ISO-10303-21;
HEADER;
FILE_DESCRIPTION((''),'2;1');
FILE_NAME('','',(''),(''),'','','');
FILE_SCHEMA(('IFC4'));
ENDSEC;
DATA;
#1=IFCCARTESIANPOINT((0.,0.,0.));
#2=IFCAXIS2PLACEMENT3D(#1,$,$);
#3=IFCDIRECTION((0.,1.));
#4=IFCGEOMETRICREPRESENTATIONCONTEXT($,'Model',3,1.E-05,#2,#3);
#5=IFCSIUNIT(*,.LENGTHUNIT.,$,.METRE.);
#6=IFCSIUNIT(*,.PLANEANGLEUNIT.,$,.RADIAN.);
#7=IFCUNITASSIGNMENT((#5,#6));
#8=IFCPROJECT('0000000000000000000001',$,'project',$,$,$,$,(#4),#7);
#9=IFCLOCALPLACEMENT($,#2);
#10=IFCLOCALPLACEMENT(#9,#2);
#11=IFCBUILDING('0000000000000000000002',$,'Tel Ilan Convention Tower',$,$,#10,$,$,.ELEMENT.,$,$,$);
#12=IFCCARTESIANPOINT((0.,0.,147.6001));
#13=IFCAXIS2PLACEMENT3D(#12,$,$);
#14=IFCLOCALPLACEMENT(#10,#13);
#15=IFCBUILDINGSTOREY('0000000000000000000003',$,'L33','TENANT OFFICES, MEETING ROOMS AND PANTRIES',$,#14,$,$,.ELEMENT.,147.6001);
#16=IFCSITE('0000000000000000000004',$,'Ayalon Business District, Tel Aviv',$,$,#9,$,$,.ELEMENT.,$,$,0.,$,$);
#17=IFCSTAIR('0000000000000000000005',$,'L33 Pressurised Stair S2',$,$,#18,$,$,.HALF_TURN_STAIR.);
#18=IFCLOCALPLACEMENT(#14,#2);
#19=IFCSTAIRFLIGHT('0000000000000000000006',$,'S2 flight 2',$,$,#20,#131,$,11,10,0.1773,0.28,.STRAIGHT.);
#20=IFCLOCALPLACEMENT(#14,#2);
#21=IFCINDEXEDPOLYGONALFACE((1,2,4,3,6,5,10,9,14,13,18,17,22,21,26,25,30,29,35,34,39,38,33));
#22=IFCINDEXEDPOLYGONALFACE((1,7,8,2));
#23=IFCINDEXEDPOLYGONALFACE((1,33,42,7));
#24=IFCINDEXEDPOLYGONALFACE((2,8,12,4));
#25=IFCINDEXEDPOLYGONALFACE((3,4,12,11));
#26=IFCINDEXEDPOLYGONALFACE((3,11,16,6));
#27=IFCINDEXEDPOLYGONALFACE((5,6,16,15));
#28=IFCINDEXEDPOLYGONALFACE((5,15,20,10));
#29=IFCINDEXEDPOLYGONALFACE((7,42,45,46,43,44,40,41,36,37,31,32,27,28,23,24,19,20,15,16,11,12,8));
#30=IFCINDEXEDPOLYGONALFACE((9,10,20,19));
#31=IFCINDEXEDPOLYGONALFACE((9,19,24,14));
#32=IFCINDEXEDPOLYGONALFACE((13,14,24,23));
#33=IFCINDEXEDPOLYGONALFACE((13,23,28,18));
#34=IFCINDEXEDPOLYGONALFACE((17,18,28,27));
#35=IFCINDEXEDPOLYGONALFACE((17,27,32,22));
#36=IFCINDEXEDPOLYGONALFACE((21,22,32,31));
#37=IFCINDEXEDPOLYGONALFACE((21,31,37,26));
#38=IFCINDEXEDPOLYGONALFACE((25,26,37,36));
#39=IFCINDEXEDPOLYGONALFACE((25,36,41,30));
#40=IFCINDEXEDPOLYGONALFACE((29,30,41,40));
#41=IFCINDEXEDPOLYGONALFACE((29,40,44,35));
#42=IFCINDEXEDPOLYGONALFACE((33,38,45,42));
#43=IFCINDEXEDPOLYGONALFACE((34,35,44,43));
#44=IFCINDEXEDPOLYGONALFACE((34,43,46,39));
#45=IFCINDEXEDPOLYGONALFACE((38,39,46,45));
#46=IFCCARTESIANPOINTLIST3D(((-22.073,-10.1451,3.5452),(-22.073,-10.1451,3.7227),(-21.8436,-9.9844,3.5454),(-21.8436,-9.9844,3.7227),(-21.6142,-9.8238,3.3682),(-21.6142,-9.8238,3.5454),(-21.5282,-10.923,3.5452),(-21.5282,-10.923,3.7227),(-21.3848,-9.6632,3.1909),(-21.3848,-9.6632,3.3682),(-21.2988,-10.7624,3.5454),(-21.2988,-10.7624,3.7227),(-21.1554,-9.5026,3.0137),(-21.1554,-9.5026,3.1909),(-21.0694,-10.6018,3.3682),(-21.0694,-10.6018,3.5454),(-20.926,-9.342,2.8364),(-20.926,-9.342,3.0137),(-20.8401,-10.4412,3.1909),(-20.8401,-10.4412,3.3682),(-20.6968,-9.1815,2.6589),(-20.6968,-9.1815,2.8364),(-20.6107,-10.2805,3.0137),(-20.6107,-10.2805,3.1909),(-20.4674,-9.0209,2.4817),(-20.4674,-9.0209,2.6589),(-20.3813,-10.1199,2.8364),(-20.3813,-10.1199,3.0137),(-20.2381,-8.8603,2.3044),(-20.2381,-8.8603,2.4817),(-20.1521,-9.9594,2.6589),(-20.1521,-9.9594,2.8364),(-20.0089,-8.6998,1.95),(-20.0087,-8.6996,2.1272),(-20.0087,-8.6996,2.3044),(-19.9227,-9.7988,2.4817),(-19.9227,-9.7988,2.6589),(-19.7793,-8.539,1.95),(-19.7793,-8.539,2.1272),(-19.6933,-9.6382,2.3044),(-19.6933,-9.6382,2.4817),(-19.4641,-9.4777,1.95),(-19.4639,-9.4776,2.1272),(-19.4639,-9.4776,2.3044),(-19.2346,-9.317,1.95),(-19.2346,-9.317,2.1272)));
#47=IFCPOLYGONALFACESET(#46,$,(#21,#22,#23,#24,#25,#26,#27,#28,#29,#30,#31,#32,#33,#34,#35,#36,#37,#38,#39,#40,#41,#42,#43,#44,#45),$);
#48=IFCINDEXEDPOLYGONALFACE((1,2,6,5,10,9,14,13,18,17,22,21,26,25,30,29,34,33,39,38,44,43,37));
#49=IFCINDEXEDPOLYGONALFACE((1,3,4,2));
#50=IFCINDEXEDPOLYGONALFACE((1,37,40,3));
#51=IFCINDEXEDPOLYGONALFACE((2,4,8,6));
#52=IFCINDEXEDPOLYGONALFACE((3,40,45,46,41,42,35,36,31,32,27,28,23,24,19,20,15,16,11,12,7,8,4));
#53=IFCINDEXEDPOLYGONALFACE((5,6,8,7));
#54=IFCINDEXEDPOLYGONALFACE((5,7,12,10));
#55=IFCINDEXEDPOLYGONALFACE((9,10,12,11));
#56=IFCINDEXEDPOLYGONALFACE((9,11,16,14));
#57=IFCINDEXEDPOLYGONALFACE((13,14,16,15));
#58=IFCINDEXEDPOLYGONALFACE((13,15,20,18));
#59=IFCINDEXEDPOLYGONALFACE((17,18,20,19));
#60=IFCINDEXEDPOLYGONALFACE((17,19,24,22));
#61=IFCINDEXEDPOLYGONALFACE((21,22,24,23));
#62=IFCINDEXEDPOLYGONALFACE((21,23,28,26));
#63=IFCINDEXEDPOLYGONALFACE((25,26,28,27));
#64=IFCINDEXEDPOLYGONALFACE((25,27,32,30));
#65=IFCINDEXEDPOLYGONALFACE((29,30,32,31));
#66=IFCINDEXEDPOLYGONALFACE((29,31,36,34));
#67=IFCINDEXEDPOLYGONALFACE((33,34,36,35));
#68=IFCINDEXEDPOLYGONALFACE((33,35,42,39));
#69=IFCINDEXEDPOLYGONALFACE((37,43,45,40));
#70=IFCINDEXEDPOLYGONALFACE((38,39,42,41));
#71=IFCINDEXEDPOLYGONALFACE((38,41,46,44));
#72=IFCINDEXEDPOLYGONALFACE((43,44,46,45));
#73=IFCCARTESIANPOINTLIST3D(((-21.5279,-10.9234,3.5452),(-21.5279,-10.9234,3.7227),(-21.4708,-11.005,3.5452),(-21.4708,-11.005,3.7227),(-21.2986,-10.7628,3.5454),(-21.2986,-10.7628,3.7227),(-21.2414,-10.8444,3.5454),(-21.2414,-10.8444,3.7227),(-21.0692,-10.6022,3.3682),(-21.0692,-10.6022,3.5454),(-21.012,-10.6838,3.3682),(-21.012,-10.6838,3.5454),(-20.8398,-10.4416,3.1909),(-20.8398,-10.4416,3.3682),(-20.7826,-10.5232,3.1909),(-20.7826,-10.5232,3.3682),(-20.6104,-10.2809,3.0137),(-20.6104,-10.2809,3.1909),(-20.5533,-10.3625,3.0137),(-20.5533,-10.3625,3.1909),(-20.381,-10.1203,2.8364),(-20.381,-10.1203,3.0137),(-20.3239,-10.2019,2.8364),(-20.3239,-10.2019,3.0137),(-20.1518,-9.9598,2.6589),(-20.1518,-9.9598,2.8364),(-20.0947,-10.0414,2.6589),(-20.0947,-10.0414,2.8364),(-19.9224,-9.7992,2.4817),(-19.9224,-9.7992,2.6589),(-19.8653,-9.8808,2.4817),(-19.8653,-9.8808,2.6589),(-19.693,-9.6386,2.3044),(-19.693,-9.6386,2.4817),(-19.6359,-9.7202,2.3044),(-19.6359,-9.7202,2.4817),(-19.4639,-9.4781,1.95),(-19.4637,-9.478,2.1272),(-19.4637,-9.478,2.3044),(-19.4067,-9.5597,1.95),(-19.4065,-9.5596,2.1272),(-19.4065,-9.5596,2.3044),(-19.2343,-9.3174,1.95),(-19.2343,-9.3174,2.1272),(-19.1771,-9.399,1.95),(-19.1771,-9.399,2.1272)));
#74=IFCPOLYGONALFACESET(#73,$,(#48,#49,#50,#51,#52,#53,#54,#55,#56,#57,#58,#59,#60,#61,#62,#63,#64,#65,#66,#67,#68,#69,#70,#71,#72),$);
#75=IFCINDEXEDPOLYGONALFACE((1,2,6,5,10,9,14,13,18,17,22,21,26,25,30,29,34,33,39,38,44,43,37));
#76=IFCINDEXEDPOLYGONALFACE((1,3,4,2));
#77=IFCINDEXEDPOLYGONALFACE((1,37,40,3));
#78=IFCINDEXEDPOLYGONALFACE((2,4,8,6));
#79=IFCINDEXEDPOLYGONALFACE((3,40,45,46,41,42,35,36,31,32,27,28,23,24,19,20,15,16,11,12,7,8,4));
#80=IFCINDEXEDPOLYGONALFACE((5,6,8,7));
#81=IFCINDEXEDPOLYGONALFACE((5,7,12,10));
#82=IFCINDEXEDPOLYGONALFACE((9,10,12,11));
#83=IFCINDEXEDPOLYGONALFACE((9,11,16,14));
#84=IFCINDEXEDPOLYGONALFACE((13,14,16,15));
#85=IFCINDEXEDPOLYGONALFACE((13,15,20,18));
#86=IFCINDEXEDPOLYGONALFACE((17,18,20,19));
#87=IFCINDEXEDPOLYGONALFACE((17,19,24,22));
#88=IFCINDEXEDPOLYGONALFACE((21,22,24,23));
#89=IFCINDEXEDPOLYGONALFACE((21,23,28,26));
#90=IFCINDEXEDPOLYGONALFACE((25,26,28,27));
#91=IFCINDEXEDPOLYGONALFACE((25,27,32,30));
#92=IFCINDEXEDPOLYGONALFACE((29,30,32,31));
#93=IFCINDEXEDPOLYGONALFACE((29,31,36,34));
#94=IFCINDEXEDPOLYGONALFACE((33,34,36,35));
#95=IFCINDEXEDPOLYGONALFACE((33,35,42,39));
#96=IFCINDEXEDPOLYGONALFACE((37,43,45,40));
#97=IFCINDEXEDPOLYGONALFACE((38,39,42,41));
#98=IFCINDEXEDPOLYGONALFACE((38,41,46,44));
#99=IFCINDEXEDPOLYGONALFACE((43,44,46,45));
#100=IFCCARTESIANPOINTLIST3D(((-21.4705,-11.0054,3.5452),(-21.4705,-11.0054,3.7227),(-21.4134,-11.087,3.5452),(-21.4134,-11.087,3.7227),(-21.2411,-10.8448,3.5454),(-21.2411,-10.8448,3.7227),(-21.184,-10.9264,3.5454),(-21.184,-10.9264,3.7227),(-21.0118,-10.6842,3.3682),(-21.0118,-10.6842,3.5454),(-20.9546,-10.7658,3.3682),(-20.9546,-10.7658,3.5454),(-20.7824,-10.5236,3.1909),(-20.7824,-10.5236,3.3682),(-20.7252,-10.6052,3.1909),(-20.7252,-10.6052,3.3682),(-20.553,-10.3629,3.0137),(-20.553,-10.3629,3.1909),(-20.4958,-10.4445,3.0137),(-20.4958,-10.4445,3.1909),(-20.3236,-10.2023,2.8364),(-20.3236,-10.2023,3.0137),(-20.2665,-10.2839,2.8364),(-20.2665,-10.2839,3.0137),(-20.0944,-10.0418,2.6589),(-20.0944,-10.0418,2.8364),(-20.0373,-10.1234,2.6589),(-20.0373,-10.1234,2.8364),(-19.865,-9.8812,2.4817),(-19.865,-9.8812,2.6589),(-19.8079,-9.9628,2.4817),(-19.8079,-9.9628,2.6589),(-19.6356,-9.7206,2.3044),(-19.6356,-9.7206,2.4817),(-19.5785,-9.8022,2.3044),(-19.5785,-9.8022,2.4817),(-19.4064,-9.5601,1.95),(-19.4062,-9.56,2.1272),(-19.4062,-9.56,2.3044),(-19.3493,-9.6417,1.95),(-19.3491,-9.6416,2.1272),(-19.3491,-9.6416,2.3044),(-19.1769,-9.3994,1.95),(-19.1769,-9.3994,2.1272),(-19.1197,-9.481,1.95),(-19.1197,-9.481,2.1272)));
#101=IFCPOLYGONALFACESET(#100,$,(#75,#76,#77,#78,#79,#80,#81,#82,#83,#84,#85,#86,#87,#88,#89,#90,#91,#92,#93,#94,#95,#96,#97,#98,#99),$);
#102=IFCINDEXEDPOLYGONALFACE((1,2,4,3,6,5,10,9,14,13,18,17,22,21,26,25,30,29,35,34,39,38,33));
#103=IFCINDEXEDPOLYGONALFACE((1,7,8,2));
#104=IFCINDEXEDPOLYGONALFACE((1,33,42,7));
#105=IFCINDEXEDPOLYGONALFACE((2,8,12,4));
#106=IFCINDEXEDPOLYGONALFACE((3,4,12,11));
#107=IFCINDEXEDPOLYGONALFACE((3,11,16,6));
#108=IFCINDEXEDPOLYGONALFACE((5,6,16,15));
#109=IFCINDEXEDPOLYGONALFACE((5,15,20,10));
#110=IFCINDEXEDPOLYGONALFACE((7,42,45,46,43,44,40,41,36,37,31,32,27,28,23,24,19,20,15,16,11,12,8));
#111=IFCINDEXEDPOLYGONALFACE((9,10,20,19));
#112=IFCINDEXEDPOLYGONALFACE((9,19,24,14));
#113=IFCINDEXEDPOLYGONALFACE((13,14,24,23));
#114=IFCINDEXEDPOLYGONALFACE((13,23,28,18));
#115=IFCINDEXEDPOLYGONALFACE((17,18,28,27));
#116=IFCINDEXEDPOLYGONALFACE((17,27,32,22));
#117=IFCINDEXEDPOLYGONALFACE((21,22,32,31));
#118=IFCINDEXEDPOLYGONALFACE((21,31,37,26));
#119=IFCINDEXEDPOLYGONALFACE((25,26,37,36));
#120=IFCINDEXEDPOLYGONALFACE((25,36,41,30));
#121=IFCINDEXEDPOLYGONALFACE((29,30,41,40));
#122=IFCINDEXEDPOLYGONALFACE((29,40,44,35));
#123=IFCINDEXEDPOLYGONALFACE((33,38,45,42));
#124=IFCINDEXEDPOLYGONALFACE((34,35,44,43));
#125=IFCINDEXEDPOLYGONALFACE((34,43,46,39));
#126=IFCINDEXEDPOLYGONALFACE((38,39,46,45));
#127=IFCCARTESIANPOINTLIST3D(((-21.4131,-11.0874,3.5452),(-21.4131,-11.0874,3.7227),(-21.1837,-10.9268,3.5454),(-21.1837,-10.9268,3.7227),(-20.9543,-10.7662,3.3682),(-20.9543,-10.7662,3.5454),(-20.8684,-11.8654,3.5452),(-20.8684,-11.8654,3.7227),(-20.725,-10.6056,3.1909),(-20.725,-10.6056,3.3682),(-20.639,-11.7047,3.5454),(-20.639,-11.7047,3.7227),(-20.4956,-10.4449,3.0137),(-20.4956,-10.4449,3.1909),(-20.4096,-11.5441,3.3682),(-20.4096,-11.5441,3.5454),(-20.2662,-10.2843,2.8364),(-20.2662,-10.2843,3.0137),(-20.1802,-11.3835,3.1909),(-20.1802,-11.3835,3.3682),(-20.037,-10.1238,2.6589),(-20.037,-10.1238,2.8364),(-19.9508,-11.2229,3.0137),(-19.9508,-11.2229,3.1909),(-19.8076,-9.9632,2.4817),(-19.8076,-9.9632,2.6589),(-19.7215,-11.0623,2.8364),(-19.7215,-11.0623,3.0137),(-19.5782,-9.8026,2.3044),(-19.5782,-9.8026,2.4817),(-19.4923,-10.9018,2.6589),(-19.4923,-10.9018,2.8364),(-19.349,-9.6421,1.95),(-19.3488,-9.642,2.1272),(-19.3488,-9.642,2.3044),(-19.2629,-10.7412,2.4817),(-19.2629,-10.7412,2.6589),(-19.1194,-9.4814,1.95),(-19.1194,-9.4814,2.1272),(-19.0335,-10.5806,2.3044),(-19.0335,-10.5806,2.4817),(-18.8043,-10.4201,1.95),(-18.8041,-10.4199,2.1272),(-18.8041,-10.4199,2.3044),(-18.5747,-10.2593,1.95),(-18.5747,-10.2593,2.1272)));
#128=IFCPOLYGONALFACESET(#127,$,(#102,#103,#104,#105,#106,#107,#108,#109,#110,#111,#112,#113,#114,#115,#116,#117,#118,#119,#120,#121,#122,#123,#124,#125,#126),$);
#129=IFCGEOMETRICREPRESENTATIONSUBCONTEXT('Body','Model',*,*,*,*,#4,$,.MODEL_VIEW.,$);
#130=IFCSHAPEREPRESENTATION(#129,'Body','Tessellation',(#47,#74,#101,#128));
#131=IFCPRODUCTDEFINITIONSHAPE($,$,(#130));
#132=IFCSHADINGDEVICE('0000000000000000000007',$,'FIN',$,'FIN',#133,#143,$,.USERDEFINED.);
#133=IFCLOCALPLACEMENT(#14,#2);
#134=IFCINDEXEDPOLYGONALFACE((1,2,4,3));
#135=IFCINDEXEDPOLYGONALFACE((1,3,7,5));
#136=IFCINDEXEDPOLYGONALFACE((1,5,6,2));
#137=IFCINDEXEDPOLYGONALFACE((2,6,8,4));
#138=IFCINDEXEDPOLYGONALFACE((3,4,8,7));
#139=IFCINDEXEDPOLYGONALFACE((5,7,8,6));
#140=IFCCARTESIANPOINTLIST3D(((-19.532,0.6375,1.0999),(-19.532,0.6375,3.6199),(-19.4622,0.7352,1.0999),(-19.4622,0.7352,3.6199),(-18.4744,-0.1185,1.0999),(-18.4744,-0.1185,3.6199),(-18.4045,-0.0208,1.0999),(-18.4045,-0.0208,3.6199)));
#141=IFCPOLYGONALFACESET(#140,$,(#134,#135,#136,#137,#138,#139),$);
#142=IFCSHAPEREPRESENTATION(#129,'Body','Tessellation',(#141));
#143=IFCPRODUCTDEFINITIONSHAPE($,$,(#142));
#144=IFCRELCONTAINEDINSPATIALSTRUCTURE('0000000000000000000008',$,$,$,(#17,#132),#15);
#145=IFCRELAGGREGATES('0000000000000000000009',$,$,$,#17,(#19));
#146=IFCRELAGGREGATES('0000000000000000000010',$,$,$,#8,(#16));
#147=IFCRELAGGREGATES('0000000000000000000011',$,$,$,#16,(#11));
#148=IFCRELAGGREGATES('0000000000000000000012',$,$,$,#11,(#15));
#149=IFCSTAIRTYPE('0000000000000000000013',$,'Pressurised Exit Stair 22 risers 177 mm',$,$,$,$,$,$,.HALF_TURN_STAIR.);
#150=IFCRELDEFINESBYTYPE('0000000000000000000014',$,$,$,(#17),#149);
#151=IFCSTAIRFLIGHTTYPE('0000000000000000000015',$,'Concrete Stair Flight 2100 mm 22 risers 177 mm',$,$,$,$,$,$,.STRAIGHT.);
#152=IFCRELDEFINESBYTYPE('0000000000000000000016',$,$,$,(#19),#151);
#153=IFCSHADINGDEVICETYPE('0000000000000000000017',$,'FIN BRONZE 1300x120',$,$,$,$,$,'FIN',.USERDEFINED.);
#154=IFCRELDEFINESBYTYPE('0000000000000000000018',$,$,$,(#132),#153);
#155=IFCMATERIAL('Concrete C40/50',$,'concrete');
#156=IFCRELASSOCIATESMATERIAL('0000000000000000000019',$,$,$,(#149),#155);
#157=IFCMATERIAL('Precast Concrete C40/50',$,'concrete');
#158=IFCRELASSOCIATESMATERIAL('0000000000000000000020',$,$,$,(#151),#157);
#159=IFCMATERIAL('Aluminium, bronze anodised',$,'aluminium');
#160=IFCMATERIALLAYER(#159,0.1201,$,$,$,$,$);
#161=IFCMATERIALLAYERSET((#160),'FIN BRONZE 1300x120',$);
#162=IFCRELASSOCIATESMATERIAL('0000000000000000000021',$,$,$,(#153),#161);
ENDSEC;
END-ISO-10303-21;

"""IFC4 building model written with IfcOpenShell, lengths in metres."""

from ifc_helpers import new_model, si_unit, direction, frame, origin, origin_2d, place, context, subcontext, project, spatial, polyline, rectangle, outline, extrude, material, layer, layer_set, type_object, element, aggregate, save


model = new_model("IFC4")

# Units and contexts
model_context = context("Model", 3, precision=1e-05, world=origin(), true_north=direction((0.0, 1.0)))
body_context = subcontext(model_context, "Body", "Model", "MODEL_VIEW")
ifc_project = project(units=[si_unit("LENGTHUNIT", "METRE"), si_unit("PLANEANGLEUNIT", "RADIAN")], contexts=[model_context])

# Site, building, storey
site_placement = place(None, origin())
site = spatial("IfcSite", under=ifc_project, at=site_placement, Name="Ayalon Business District, Tel Aviv", CompositionType="ELEMENT", RefElevation=0.0)
building_placement = place(site_placement, origin())
building = spatial("IfcBuilding", under=site, at=building_placement, Name="Tel Ilan Convention Tower", CompositionType="ELEMENT")
storey_placement = place(building_placement, frame((0.0, 0.0, 147.6001)))
storey = spatial("IfcBuildingStorey", under=building, at=storey_placement, Name="L33", Description="TENANT OFFICES, MEETING ROOMS AND PANTRIES", CompositionType="ELEMENT", Elevation=147.6001)

# Stair, stair flight
ifc_material_1 = material(Name="Concrete C40/50", Category="concrete")
stair_type = type_object("IfcStairType", Name="Pressurised Exit Stair 22 risers 177 mm", PredefinedType="HALF_TURN_STAIR", material=ifc_material_1)
ifc_material_2 = material(Name="Precast Concrete C40/50", Category="concrete")
stair_flight_type = type_object("IfcStairFlightType", Name="Concrete Stair Flight 2100 mm 22 risers 177 mm", PredefinedType="STRAIGHT", material=ifc_material_2)
stair_1_placement = place(storey_placement, origin())
stair_1 = element("IfcStair", 1, at=stair_1_placement, inside=storey, type_object=stair_type, Name="L33 Pressurised Stair S2", PredefinedType="HALF_TURN_STAIR")
stair_flight_1_placement = place(storey_placement, frame((-19.177, -9.3992, 1.95), z_axis=(0.0, 0.0, 1.0), x_axis=(-0.819152, -0.573576, 0.0)))
stair_flight_1 = element("IfcStairFlight", 2, at=stair_flight_1_placement, type_object=stair_flight_type, Name="S2 flight 2", NumberOfRisers=11, NumberOfTreads=10, PredefinedType="STRAIGHT", RiserHeight=0.1773, TreadLength=0.28, context=body_context, shape_type="SweptSolid", body=[
    extrude(outline(polyline([(0.0, 0.0), (0.0, 0.1772), (0.28, 0.1772), (0.28, 0.3545), (0.5601, 0.3545), (0.5601, 0.5317), (0.8401, 0.5317), (0.8401, 0.709), (1.1201, 0.709), (1.1201, 0.8865), (1.3999, 0.8865), (1.3999, 1.0637), (1.6799, 1.0637), (1.6799, 1.241), (1.96, 1.241), (1.96, 1.4182), (2.24, 1.4182), (2.24, 1.5955), (2.52, 1.5955), (2.52, 1.7727), (2.8, 1.7727), (2.8, 1.95), (2.8, 1.5952), (0.2803, 0.0), (0.0, 0.0)])), frame((0.0, -0.1003, 0.0), z_axis=(0.0, -1.0, 0.0), x_axis=(1.0, 0.0, 0.0)), (0.0, 0.0, 1.0), 0.9497),
    extrude(outline(polyline([(0.0, 0.0), (0.0, 0.1772), (0.28, 0.1772), (0.28, 0.3545), (0.5601, 0.3545), (0.5601, 0.5317), (0.8401, 0.5317), (0.8401, 0.709), (1.1201, 0.709), (1.1201, 0.8865), (1.3999, 0.8865), (1.3999, 1.0637), (1.6799, 1.0637), (1.6799, 1.241), (1.96, 1.241), (1.96, 1.4182), (2.24, 1.4182), (2.24, 1.5955), (2.52, 1.5955), (2.52, 1.7727), (2.8, 1.7727), (2.8, 1.95), (2.8, 1.5952), (0.2803, 0.0), (0.0, 0.0)])), frame((0.0, -0.0002, 0.0), z_axis=(0.0, -1.0, 0.0), x_axis=(1.0, 0.0, 0.0)), (0.0, 0.0, 1.0), 0.0996),
    extrude(outline(polyline([(0.0, 0.0), (0.0, 0.1772), (0.28, 0.1772), (0.28, 0.3545), (0.5601, 0.3545), (0.5601, 0.5317), (0.8401, 0.5317), (0.8401, 0.709), (1.1201, 0.709), (1.1201, 0.8865), (1.3999, 0.8865), (1.3999, 1.0637), (1.6799, 1.0637), (1.6799, 1.241), (1.96, 1.241), (1.96, 1.4182), (2.24, 1.4182), (2.24, 1.5955), (2.52, 1.5955), (2.52, 1.7727), (2.8, 1.7727), (2.8, 1.95), (2.8, 1.5952), (0.2803, 0.0), (0.0, 0.0)])), frame((0.0, 0.0999, 0.0), z_axis=(0.0, -1.0, 0.0), x_axis=(1.0, 0.0, 0.0)), (0.0, 0.0, 1.0), 0.0996),
    extrude(outline(polyline([(0.0, 0.0), (0.0, 0.1772), (0.28, 0.1772), (0.28, 0.3545), (0.5601, 0.3545), (0.5601, 0.5317), (0.8401, 0.5317), (0.8401, 0.709), (1.1201, 0.709), (1.1201, 0.8865), (1.3999, 0.8865), (1.3999, 1.0637), (1.6799, 1.0637), (1.6799, 1.241), (1.96, 1.241), (1.96, 1.4182), (2.24, 1.4182), (2.24, 1.5955), (2.52, 1.5955), (2.52, 1.7727), (2.8, 1.7727), (2.8, 1.95), (2.8, 1.5952), (0.2803, 0.0), (0.0, 0.0)])), frame((0.0, 1.05, 0.0), z_axis=(0.0, -1.0, 0.0), x_axis=(1.0, 0.0, 0.0)), (0.0, 0.0, 1.0), 0.9497),
])
aggregate(stair_1, [stair_flight_1])

# Shading device
ifc_material_3 = material(Name="Aluminium, bronze anodised", Category="aluminium")
ifc_layer_1 = layer(ifc_material_3, 0.1201)
ifc_layer_set_1 = layer_set([ifc_layer_1], Name="FIN BRONZE 1300x120")
shading_device_type = type_object("IfcShadingDeviceType", Name="FIN BRONZE 1300x120", ElementType="FIN", PredefinedType="USERDEFINED", material=ifc_layer_set_1)
shading_device_placement = place(storey_placement, frame((-18.9683, 0.3083, 1.0999), z_axis=(0.0, 0.0, 1.0), x_axis=(-0.813552, 0.581492, 0.0)))
element("IfcShadingDevice", 3, at=shading_device_placement, inside=storey, type_object=shading_device_type, Name="FIN", ObjectType="FIN", PredefinedType="USERDEFINED", context=body_context, shape_type="SweptSolid", body=[
    extrude(rectangle(XDim=1.3, YDim=0.1201, at=origin_2d()), origin(), (0.0, 0.0, 1.0), 2.52),
])

save(model, "model.ifc")
